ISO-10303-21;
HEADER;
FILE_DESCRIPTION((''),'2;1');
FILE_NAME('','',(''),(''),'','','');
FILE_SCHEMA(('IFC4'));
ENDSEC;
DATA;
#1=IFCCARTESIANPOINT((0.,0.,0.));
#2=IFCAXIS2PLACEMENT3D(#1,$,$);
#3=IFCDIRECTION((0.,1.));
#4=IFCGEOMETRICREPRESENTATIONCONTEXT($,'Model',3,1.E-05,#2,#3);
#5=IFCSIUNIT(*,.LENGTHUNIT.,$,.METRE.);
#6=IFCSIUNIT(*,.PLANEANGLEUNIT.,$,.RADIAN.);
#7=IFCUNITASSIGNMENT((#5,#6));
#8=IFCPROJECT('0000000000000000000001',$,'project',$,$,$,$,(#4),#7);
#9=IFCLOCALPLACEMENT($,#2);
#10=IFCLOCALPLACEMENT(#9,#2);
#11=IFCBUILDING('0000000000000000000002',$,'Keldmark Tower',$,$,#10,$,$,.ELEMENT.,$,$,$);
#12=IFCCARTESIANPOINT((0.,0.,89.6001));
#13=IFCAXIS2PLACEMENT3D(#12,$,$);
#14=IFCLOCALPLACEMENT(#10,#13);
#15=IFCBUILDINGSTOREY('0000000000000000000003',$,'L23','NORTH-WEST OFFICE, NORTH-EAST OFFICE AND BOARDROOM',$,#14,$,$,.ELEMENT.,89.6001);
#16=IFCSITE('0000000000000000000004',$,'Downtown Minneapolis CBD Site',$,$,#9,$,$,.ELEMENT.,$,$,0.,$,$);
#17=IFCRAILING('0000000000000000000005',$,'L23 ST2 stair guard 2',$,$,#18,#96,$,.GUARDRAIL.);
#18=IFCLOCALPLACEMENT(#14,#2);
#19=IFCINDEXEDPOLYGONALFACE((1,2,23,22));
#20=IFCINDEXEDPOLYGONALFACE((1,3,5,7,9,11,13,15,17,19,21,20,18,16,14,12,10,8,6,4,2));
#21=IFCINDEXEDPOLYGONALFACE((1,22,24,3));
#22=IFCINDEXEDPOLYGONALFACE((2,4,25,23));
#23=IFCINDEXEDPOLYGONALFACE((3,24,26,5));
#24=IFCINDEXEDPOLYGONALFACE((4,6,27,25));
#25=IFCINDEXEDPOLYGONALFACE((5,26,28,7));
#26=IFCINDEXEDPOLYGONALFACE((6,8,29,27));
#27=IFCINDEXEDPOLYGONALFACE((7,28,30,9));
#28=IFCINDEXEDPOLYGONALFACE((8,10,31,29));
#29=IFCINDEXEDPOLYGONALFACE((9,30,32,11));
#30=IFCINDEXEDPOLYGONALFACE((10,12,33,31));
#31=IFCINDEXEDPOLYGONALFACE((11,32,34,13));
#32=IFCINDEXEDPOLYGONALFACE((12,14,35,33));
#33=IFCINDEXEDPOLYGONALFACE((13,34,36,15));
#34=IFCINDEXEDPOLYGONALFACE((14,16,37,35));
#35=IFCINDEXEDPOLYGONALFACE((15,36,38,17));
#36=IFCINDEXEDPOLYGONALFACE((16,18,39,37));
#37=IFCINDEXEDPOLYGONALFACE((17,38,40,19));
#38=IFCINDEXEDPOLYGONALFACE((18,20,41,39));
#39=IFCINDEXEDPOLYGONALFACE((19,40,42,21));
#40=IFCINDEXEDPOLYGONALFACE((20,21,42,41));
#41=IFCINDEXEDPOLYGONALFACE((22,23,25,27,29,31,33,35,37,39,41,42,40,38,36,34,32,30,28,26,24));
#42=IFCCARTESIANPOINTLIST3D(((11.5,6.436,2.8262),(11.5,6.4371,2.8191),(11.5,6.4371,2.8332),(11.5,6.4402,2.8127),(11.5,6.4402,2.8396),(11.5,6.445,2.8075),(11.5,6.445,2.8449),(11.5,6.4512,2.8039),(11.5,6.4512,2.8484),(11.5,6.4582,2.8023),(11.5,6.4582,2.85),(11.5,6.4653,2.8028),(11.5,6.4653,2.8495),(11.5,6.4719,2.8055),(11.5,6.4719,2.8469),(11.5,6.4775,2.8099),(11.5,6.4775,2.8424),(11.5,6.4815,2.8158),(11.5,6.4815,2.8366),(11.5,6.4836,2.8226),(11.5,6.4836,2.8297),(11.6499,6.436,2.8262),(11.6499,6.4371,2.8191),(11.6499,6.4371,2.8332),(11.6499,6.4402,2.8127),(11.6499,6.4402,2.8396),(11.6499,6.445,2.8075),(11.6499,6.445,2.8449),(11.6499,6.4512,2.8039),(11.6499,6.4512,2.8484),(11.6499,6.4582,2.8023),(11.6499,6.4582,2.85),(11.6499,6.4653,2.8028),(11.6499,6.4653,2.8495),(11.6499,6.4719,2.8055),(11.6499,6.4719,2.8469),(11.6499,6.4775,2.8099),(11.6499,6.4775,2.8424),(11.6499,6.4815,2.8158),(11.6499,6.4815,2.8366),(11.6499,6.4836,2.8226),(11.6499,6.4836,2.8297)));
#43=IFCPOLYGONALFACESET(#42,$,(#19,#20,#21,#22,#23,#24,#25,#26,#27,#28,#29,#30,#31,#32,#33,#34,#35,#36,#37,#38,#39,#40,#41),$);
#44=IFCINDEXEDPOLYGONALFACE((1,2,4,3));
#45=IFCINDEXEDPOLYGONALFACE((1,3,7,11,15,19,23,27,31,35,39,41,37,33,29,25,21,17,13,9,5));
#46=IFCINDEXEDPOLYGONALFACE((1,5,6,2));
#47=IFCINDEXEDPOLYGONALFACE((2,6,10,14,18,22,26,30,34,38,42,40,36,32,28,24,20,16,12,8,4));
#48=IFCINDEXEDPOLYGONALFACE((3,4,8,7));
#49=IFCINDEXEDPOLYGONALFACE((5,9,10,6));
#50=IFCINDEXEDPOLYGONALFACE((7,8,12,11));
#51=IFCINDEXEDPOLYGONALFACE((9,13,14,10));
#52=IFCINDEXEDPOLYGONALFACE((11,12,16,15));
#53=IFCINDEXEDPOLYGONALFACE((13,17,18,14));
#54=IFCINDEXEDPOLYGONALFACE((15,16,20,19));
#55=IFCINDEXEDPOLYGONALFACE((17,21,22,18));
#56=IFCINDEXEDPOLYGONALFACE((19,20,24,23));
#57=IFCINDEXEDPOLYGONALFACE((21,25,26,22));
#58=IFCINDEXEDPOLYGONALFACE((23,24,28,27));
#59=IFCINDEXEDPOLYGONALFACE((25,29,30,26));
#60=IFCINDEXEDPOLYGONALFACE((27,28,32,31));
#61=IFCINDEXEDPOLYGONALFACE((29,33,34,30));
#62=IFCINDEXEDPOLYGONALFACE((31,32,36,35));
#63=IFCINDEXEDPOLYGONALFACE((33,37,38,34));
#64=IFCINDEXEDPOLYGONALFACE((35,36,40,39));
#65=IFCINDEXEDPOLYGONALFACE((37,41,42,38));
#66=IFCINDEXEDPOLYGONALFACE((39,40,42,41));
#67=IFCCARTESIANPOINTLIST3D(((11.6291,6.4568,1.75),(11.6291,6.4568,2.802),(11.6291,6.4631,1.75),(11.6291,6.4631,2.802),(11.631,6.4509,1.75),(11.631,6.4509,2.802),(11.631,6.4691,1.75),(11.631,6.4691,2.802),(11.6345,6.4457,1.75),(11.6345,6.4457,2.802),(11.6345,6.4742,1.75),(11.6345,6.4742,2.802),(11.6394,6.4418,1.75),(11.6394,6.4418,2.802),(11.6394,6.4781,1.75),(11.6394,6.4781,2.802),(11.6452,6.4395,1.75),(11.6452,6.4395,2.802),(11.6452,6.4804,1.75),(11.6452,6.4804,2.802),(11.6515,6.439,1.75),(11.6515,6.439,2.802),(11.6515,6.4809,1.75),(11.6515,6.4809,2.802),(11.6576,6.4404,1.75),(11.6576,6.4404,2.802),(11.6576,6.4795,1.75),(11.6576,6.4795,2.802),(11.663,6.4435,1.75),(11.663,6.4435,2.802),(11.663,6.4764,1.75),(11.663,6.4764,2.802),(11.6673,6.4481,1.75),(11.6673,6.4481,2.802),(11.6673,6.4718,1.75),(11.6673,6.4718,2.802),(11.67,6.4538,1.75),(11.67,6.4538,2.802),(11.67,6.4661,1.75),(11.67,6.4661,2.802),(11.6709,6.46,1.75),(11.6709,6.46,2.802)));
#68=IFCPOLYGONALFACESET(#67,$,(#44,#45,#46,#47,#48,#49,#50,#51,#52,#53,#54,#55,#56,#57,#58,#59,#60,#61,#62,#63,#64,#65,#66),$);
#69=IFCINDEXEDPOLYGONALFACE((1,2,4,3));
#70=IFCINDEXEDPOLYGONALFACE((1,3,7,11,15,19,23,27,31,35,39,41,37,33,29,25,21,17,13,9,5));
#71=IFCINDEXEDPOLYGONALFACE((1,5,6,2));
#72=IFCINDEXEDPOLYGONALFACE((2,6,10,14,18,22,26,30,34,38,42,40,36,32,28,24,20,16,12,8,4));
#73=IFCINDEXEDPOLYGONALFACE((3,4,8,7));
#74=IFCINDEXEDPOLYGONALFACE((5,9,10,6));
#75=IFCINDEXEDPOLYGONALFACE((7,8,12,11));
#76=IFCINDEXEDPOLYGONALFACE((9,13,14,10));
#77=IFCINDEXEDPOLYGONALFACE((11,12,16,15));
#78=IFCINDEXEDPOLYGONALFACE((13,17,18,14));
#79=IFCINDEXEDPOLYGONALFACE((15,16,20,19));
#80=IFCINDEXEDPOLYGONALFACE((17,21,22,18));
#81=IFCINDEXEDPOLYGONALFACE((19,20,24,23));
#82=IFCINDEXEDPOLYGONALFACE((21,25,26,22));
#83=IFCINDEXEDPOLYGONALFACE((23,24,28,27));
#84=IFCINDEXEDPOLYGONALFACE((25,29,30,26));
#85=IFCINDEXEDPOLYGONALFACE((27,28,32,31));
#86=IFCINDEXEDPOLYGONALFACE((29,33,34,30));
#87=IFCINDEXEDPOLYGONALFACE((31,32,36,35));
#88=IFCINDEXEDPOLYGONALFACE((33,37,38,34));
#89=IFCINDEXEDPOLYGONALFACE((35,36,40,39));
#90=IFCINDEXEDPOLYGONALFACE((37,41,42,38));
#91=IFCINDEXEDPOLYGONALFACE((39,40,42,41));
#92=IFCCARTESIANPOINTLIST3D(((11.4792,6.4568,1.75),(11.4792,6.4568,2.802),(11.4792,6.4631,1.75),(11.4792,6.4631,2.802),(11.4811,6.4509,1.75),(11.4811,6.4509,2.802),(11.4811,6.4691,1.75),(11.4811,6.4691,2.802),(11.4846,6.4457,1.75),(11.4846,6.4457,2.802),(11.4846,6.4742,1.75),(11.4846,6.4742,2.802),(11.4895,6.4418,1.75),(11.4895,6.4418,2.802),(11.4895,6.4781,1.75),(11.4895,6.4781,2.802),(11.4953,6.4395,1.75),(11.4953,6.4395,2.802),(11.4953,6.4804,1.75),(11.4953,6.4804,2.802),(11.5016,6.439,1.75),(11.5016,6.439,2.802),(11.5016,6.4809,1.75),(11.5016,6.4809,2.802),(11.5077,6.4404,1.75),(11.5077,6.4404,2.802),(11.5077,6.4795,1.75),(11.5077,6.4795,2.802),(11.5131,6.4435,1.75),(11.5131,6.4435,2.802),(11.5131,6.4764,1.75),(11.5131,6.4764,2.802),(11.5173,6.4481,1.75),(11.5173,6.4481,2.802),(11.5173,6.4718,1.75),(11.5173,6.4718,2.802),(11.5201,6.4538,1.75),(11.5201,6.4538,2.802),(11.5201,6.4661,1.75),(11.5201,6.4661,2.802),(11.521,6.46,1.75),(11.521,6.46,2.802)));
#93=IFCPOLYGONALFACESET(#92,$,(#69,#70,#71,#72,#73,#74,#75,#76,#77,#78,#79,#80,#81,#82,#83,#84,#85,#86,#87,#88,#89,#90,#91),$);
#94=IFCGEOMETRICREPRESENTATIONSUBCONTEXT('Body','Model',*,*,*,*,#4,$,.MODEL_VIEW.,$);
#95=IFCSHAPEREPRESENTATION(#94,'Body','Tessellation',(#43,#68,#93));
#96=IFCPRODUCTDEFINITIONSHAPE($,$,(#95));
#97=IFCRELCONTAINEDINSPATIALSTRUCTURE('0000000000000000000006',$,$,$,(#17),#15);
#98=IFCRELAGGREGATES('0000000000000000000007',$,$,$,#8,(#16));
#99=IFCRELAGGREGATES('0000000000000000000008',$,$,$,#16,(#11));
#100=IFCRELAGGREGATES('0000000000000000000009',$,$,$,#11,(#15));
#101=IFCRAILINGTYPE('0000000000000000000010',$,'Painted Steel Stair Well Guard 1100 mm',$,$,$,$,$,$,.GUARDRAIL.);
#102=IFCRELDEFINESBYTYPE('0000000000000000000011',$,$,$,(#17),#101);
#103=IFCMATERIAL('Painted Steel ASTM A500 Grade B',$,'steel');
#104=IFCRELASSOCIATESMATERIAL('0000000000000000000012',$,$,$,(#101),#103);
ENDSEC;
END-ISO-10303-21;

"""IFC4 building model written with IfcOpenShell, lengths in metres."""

from ifc_helpers import new_model, si_unit, direction, frame, origin, origin_2d, place, context, subcontext, project, spatial, circle, extrude, material, type_object, element, save


model = new_model("IFC4")

# Units and contexts
model_context = context("Model", 3, precision=1e-05, world=origin(), true_north=direction((0.0, 1.0)))
body_context = subcontext(model_context, "Body", "Model", "MODEL_VIEW")
ifc_project = project(units=[si_unit("LENGTHUNIT", "METRE"), si_unit("PLANEANGLEUNIT", "RADIAN")], contexts=[model_context])

# Site, building, storey
site_placement = place(None, origin())
site = spatial("IfcSite", under=ifc_project, at=site_placement, Name="Downtown Minneapolis CBD Site", CompositionType="ELEMENT", RefElevation=0.0)
building_placement = place(site_placement, origin())
building = spatial("IfcBuilding", under=site, at=building_placement, Name="Keldmark Tower", CompositionType="ELEMENT")
storey_placement = place(building_placement, frame((0.0, 0.0, 89.6001)))
storey = spatial("IfcBuildingStorey", under=building, at=storey_placement, Name="L23", Description="NORTH-WEST OFFICE, NORTH-EAST OFFICE AND BOARDROOM", CompositionType="ELEMENT", Elevation=89.6001)

# Railing
ifc_material_1 = material(Name="Painted Steel ASTM A500 Grade B", Category="steel")
railing_type_1 = type_object("IfcRailingType", Name="Painted Steel Stair Well Guard 1100 mm", PredefinedType="GUARDRAIL", material=ifc_material_1)
railing_1_placement = place(storey_placement, frame((11.6499, 6.46, 1.75)))
element("IfcRailing", 1, at=railing_1_placement, inside=storey, type_object=railing_type_1, Name="L23 ST2 stair guard 2", PredefinedType="GUARDRAIL", context=body_context, shape_type="SweptSolid", body=[
    extrude(circle(Radius=0.0239, at=origin_2d()), frame((0.0, 0.0, 1.0762), z_axis=(-1.0, 0.0, 0.0), x_axis=(0.0, -1.0, 0.0)), (0.0, 0.0, 1.0), 0.1499),
    extrude(circle(Radius=0.021, at=origin_2d()), origin(), (0.0, 0.0, 1.0), 1.052),
    extrude(circle(Radius=0.021, at=origin_2d()), frame((-0.1499, 0.0, 0.0)), (0.0, 0.0, 1.0), 1.052),
])

save(model, "model.ifc")
